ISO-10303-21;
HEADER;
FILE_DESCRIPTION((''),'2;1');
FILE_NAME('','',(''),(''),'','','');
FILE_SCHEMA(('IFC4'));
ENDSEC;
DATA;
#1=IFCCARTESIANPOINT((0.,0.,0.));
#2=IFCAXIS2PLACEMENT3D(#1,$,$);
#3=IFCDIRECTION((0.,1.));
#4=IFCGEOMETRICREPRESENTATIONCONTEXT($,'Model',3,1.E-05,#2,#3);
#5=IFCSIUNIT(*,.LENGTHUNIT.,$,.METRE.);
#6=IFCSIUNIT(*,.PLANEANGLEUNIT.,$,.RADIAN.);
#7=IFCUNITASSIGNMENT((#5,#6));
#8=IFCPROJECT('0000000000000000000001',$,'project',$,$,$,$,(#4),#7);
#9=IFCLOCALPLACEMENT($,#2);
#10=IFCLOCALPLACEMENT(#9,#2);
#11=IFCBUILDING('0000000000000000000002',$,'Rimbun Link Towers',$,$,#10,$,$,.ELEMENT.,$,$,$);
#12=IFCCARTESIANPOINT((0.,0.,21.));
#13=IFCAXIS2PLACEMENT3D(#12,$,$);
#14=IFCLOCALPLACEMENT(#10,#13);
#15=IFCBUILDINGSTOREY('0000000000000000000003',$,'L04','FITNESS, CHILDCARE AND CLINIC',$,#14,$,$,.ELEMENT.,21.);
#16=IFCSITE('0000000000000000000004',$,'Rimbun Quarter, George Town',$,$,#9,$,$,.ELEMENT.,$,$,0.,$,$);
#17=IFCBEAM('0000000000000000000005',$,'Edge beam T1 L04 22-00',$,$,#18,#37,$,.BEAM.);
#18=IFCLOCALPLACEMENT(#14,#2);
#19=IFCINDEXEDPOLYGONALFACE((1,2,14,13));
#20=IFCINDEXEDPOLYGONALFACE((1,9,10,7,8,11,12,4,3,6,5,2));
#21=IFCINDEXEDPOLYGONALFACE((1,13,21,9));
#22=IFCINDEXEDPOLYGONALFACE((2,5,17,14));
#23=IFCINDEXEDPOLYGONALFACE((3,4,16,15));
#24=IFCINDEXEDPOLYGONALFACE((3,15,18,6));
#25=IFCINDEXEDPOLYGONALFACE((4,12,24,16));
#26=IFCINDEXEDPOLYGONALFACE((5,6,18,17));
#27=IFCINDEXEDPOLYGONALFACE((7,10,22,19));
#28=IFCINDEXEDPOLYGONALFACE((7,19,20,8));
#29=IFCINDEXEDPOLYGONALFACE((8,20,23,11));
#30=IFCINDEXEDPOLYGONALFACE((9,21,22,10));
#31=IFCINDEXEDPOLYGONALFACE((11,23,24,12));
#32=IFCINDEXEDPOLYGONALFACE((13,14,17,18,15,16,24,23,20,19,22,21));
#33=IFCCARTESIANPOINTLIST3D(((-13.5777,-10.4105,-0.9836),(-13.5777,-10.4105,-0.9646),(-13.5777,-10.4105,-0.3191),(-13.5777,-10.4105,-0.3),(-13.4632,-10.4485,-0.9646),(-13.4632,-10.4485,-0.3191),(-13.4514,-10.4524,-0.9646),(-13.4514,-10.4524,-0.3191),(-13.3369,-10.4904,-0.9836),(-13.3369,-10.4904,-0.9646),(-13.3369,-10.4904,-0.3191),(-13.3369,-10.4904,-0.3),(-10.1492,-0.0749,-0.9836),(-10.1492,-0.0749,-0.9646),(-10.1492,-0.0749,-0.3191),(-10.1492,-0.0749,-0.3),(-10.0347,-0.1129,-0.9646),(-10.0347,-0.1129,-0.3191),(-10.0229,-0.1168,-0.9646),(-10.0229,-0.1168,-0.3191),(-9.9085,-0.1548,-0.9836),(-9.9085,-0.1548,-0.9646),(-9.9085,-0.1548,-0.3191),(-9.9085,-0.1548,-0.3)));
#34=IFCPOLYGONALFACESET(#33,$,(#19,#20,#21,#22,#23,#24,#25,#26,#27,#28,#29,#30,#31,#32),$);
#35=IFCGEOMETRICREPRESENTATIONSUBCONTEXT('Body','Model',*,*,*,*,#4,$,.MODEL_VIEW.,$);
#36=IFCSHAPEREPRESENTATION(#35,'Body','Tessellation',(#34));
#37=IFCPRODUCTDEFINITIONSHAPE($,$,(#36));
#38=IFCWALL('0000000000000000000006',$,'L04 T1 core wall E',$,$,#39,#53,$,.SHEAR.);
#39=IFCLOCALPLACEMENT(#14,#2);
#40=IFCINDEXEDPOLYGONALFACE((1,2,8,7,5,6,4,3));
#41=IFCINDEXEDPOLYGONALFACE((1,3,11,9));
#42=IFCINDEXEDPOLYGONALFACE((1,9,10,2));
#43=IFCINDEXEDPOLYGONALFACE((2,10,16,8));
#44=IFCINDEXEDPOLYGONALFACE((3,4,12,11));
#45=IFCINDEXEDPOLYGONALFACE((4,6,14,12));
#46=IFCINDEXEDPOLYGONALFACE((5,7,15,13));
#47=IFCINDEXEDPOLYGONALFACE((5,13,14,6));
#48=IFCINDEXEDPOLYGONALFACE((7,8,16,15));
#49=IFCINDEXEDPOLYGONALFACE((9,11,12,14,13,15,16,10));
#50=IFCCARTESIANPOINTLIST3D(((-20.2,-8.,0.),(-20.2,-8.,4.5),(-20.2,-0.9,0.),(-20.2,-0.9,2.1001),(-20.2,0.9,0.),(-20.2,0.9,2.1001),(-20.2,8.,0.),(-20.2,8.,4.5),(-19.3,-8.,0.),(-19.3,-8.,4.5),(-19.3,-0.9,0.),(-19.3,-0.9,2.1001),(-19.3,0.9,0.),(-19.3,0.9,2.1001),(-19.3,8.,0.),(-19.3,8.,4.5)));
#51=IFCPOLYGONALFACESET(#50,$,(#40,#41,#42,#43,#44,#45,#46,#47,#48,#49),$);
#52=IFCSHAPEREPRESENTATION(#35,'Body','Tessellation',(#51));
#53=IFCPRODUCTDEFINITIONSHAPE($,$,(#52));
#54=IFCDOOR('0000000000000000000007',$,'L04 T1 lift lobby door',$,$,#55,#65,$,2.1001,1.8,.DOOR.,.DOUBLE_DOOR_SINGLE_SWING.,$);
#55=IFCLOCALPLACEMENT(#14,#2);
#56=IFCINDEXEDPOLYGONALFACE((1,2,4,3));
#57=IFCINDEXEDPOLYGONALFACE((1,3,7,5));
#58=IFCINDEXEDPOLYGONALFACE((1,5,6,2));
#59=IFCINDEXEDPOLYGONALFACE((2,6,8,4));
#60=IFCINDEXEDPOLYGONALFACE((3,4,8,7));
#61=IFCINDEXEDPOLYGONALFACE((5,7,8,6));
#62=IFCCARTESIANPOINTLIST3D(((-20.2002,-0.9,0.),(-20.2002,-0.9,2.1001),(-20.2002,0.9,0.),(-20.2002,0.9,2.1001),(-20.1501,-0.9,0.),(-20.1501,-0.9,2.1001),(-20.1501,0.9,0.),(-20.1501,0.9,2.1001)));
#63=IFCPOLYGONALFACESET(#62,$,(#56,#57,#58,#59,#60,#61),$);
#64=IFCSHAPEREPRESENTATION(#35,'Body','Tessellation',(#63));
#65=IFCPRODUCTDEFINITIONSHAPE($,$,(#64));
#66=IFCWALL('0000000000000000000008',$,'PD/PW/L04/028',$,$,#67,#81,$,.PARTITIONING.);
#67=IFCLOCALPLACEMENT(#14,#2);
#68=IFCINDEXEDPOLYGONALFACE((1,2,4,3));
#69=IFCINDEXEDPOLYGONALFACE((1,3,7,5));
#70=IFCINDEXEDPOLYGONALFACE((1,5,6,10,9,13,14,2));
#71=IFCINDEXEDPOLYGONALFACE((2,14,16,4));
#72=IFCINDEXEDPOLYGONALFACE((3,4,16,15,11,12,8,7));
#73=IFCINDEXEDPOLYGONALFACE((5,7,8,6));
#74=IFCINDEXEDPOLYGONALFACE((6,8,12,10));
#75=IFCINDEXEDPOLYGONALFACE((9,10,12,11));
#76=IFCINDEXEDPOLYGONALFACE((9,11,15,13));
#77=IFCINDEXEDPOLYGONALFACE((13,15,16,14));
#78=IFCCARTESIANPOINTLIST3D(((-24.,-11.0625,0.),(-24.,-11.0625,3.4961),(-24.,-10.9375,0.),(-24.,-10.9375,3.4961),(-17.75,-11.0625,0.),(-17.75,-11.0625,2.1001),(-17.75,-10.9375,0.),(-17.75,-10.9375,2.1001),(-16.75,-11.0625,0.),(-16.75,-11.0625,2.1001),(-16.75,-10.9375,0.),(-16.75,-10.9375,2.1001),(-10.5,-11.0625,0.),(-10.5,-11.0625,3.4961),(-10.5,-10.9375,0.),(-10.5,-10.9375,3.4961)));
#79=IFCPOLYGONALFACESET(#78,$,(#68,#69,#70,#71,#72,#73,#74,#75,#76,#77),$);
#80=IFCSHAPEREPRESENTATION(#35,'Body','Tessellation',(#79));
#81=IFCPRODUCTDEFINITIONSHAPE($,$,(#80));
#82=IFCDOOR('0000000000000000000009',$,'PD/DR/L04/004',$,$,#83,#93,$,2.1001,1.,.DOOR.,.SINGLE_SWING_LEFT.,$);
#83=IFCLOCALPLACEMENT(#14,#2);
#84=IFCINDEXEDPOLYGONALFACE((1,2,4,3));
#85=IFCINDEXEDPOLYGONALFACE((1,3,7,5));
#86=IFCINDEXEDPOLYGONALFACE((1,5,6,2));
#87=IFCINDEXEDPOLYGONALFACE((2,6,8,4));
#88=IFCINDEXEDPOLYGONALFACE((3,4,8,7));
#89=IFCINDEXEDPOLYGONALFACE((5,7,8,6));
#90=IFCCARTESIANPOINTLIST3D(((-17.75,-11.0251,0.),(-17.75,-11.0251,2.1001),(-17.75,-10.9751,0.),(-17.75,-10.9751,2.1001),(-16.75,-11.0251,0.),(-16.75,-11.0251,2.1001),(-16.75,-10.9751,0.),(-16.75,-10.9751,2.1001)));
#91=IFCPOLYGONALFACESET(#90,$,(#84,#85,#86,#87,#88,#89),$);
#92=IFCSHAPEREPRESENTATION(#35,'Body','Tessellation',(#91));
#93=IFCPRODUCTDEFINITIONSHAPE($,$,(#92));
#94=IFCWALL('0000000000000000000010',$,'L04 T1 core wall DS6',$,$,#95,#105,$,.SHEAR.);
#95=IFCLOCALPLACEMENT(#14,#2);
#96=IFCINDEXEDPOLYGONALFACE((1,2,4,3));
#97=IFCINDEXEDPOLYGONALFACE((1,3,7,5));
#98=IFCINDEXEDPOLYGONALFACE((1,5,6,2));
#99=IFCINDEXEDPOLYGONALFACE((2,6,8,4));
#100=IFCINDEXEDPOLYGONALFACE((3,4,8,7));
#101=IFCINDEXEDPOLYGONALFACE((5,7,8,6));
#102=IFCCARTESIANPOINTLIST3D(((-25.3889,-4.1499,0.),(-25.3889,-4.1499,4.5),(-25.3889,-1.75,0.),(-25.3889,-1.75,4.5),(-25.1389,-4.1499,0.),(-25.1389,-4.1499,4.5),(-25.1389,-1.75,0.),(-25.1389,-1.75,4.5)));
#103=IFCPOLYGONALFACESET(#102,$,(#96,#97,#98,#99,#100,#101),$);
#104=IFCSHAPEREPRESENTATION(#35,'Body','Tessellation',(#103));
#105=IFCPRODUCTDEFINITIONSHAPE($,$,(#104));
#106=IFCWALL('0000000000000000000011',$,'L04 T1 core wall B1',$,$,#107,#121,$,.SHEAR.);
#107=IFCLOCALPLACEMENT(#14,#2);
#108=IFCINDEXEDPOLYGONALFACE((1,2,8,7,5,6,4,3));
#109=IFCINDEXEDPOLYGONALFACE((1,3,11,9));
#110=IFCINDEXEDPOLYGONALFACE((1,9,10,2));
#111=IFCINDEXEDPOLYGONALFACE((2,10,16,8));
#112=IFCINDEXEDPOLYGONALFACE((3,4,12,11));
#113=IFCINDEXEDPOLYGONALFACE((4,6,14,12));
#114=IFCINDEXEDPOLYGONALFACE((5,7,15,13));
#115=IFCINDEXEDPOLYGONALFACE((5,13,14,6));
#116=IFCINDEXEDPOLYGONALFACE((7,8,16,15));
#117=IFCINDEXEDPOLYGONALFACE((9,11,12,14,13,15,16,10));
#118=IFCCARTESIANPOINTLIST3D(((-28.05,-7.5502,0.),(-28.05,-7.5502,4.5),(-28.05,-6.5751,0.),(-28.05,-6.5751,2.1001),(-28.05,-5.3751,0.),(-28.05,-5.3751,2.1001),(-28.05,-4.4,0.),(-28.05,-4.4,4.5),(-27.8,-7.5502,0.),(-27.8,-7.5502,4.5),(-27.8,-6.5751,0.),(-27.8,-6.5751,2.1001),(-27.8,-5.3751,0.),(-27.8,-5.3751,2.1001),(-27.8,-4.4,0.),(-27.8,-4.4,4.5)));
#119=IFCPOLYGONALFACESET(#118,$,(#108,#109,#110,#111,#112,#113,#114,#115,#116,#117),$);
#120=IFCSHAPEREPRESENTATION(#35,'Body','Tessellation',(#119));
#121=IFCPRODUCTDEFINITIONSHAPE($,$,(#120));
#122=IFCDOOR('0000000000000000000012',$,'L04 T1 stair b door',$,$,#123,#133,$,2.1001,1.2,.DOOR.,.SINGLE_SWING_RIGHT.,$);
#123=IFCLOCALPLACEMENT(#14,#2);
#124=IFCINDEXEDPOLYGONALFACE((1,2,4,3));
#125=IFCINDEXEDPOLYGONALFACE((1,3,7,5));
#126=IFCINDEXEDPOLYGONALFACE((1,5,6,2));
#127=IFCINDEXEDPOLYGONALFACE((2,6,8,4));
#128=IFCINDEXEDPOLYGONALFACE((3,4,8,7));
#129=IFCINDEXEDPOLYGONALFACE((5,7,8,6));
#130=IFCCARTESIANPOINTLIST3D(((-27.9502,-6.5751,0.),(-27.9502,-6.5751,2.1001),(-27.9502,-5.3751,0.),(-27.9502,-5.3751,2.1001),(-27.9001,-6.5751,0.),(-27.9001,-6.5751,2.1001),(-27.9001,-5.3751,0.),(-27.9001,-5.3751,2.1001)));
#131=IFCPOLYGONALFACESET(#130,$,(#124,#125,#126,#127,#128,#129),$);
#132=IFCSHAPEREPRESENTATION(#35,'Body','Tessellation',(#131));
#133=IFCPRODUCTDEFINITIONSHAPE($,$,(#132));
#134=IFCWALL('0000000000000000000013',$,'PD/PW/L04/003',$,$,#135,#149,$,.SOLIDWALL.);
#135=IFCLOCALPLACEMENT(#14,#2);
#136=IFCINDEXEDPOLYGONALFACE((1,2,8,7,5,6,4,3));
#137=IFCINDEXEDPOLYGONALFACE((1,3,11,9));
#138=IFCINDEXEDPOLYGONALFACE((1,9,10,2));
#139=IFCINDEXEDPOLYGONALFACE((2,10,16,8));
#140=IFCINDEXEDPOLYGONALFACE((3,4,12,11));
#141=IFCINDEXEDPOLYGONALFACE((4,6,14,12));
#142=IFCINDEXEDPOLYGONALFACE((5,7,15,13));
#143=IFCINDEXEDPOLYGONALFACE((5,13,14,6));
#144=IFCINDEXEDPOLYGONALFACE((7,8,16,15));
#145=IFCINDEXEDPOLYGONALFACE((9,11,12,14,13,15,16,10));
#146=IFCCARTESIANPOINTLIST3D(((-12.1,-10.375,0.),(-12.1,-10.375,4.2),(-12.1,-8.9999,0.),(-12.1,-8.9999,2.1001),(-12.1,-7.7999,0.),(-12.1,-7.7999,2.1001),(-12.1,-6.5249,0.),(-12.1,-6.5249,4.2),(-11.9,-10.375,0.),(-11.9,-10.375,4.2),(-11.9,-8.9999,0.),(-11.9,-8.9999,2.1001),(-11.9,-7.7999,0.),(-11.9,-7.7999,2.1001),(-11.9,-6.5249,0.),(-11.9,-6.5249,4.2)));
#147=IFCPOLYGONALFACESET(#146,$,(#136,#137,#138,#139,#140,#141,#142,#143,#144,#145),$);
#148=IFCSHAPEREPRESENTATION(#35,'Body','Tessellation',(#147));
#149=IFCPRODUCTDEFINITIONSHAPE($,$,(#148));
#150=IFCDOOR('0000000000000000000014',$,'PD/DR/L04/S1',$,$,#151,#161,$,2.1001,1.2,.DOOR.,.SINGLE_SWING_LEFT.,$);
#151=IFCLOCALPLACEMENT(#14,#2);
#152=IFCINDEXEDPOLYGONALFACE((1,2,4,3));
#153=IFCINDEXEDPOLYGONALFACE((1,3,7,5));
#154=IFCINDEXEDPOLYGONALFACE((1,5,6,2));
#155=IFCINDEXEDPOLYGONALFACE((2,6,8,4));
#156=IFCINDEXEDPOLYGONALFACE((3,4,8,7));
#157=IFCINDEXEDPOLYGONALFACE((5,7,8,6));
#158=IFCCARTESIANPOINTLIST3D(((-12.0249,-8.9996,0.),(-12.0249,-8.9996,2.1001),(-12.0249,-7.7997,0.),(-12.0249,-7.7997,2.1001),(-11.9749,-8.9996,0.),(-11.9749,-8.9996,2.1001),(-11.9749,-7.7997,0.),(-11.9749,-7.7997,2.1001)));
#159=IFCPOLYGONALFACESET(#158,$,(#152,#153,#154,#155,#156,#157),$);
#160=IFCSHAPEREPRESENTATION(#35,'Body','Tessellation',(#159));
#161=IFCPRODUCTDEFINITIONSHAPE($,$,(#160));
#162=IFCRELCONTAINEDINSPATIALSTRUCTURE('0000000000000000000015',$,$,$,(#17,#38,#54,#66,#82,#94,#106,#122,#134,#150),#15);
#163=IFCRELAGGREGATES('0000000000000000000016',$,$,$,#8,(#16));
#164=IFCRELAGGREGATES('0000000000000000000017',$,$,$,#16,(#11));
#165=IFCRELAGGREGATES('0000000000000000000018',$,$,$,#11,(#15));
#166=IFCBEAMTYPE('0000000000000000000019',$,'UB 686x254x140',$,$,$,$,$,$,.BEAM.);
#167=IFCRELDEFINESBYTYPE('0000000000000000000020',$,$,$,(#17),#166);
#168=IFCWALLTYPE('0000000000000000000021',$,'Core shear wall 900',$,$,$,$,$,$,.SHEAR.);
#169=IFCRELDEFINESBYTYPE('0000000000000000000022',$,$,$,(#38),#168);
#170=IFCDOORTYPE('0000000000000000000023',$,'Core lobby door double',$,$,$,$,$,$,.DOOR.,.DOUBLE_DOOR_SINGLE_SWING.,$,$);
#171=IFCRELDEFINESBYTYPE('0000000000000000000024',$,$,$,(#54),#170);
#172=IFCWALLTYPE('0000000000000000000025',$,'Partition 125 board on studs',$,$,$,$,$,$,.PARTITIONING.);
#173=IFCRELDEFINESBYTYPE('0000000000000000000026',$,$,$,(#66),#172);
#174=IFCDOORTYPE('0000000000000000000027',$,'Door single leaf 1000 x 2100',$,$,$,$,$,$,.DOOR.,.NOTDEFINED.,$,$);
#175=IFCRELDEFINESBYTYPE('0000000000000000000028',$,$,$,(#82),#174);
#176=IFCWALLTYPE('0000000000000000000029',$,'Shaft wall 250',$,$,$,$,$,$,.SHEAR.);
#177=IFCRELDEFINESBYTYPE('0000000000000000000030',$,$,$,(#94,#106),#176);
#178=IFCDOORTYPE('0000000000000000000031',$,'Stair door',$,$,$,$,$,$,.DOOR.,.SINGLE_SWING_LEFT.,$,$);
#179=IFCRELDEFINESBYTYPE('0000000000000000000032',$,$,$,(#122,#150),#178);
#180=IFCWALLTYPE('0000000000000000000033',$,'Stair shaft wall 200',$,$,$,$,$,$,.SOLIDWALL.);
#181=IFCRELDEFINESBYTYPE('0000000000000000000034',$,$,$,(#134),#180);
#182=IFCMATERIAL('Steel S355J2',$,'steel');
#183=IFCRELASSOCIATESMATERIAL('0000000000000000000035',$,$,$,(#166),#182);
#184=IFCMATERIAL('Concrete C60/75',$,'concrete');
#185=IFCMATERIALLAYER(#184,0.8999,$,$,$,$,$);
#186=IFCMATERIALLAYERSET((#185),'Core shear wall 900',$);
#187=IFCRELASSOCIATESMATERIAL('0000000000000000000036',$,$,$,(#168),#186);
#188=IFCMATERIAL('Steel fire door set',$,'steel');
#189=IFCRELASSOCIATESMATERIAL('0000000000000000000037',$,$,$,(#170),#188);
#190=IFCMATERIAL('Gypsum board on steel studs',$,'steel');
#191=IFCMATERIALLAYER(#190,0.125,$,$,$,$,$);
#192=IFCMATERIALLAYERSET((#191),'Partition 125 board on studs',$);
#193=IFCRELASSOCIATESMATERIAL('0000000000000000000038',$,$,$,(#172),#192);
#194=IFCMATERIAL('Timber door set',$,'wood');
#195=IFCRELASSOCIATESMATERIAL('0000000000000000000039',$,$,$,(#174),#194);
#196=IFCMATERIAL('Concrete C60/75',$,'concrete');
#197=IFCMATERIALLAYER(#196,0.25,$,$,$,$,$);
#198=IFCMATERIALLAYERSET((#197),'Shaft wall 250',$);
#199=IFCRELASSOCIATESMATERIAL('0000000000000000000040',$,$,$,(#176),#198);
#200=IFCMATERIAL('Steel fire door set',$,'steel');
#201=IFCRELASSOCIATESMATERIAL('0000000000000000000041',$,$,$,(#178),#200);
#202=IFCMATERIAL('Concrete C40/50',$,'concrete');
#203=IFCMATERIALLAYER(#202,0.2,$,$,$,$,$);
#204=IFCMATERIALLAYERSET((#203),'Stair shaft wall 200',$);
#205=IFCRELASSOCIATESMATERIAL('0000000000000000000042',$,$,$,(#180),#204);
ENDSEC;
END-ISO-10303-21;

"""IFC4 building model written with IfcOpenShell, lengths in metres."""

from ifc_helpers import new_model, si_unit, direction, frame, frame_2d, origin, origin_2d, place, context, subcontext, project, spatial, rectangle, i_section, extrude, material, layer, layer_set, material_profile, profile_set, type_object, element, fill, save


model = new_model("IFC4")

# Units and contexts
model_context = context("Model", 3, precision=1e-05, world=origin(), true_north=direction((0.0, 1.0)))
body_context = subcontext(model_context, "Body", "Model", "MODEL_VIEW")
ifc_project = project(units=[si_unit("LENGTHUNIT", "METRE"), si_unit("PLANEANGLEUNIT", "RADIAN")], contexts=[model_context])

# Site, building, storey
site_placement = place(None, origin())
site = spatial("IfcSite", under=ifc_project, at=site_placement, Name="Rimbun Quarter, George Town", CompositionType="ELEMENT", RefElevation=0.0)
building_placement = place(site_placement, origin())
building = spatial("IfcBuilding", under=site, at=building_placement, Name="Rimbun Link Towers", CompositionType="ELEMENT")
storey_placement = place(building_placement, frame((0.0, 0.0, 21.0)))
storey = spatial("IfcBuildingStorey", under=building, at=storey_placement, Name="L04", Description="FITNESS, CHILDCARE AND CLINIC", CompositionType="ELEMENT", Elevation=21.0)

# Beam
ifc_material_1 = material(Name="Steel S355J2", Category="steel")
ifc_material_profile_1 = material_profile(ifc_material_1, i_section(OverallWidth=0.2537, OverallDepth=0.6836, WebThickness=0.0125, FlangeThickness=0.019, at=origin_2d()), Name="UB 686x254x140")
ifc_profile_set_1 = profile_set([ifc_material_profile_1], Name="Steel S355J2")
beam_type_1 = type_object("IfcBeamType", Name="UB 686x254x140", PredefinedType="BEAM", material=ifc_profile_set_1)
beam_1_placement = place(storey_placement, frame((-13.4573, -10.4504, -0.6418), z_axis=(0.314842, 0.949144, 0.0), x_axis=(-0.949144, 0.314842, 0.0)))
element("IfcBeam", 1, at=beam_1_placement, inside=storey, type_object=beam_type_1, Name="Edge beam T1 L04 22-00", PredefinedType="BEAM", context=body_context, shape_type="SweptSolid", body=[
    extrude(i_section(OverallWidth=0.2537, OverallDepth=0.6836, WebThickness=0.0125, FlangeThickness=0.019, at=origin_2d()), origin(), (0.0, 0.0, 1.0), 10.8894),
])

# Walls, openings, doors
ifc_material_2 = material(Name="Concrete C60/75", Category="concrete")
ifc_layer_1 = layer(ifc_material_2, 0.8999)
ifc_layer_set_1 = layer_set([ifc_layer_1], Name="Core shear wall 900")
wall_type_1 = type_object("IfcWallType", Name="Core shear wall 900", PredefinedType="SHEAR", material=ifc_layer_set_1)
wall_1_placement = place(storey_placement, frame((-19.75, -8.0, 0.0), z_axis=(0.0, 0.0, 1.0), x_axis=(0.0, 1.0, 0.0)))
wall_1 = element("IfcWall", 2, at=wall_1_placement, inside=storey, type_object=wall_type_1, Name="L04 T1 core wall E", PredefinedType="SHEAR", context=body_context, shape_type="SweptSolid", body=[
    extrude(rectangle(XDim=16.0, YDim=0.8999, at=frame_2d((8.0, 0.0))), origin(), (0.0, 0.0, 1.0), 4.5),
])
opening_1_placement = place(wall_1_placement, frame((7.1001, 0.0, 0.0)))
opening_1 = element("IfcOpeningElement", 3, at=opening_1_placement, cuts=wall_1, PredefinedType="OPENING", context=body_context, shape_type="SweptSolid", body=[
    extrude(rectangle(XDim=1.8, YDim=2.1001, at=frame_2d((0.8999, 1.05))), frame((0.0, 0.46, 0.0), z_axis=(0.0, -1.0, 0.0), x_axis=(1.0, 0.0, 0.0)), (0.0, 0.0, 1.0), 0.9199),
])
ifc_material_3 = material(Name="Steel fire door set", Category="steel")
door_type_1 = type_object("IfcDoorType", Name="Core lobby door double", OperationType="DOUBLE_DOOR_SINGLE_SWING", PredefinedType="DOOR", material=ifc_material_3)
door_1_placement = place(opening_1_placement, origin())
door_1 = element("IfcDoor", 4, at=door_1_placement, inside=storey, type_object=door_type_1, Name="L04 T1 lift lobby door", OperationType="DOUBLE_DOOR_SINGLE_SWING", OverallHeight=2.1001, OverallWidth=1.8, PredefinedType="DOOR", context=body_context, shape_type="SweptSolid", body=[
    extrude(rectangle(XDim=1.8, YDim=2.1001, at=frame_2d((0.8999, 1.05))), frame((0.0, 0.4502, 0.0), z_axis=(0.0, -1.0, 0.0), x_axis=(1.0, 0.0, 0.0)), (0.0, 0.0, 1.0), 0.05),
])
fill(opening_1, door_1)
ifc_material_4 = material(Name="Gypsum board on steel studs", Category="steel")
ifc_layer_2 = layer(ifc_material_4, 0.125)
ifc_layer_set_2 = layer_set([ifc_layer_2], Name="Partition 125 board on studs")
wall_type_2 = type_object("IfcWallType", Name="Partition 125 board on studs", PredefinedType="PARTITIONING", material=ifc_layer_set_2)
wall_2_placement = place(storey_placement, frame((-24.0, -11.0, 0.0), z_axis=(0.0, 0.0, 1.0), x_axis=(1.0, 0.0, 0.0)))
wall_2 = element("IfcWall", 5, at=wall_2_placement, inside=storey, type_object=wall_type_2, Name="PD/PW/L04/028", PredefinedType="PARTITIONING", context=body_context, shape_type="SweptSolid", body=[
    extrude(rectangle(XDim=13.5, YDim=0.125, at=frame_2d((6.75, 0.0))), origin(), (0.0, 0.0, 1.0), 3.4961),
])
opening_2_placement = place(wall_2_placement, frame((6.25, 0.0, 0.0)))
opening_2 = element("IfcOpeningElement", 6, at=opening_2_placement, cuts=wall_2, PredefinedType="OPENING", context=body_context, shape_type="SweptSolid", body=[
    extrude(rectangle(XDim=1.0, YDim=2.1001, at=frame_2d((0.5, 1.05))), frame((0.0, 0.0725, 0.0), z_axis=(0.0, -1.0, 0.0), x_axis=(1.0, 0.0, 0.0)), (0.0, 0.0, 1.0), 0.145),
])
ifc_material_5 = material(Name="Timber door set", Category="wood")
door_type_2 = type_object("IfcDoorType", Name="Door single leaf 1000 x 2100", OperationType="NOTDEFINED", PredefinedType="DOOR", material=ifc_material_5)
door_2_placement = place(opening_2_placement, origin())
door_2 = element("IfcDoor", 7, at=door_2_placement, inside=storey, type_object=door_type_2, Name="PD/DR/L04/004", OperationType="SINGLE_SWING_LEFT", OverallHeight=2.1001, OverallWidth=1.0, PredefinedType="DOOR", context=body_context, shape_type="SweptSolid", body=[
    extrude(rectangle(XDim=1.0, YDim=2.1001, at=frame_2d((0.5, 1.05))), frame((0.0, 0.0249, 0.0), z_axis=(0.0, -1.0, 0.0), x_axis=(1.0, 0.0, 0.0)), (0.0, 0.0, 1.0), 0.05),
])
fill(opening_2, door_2)

# Wall
ifc_material_6 = material(Name="Concrete C60/75", Category="concrete")
ifc_layer_3 = layer(ifc_material_6, 0.25)
ifc_layer_set_3 = layer_set([ifc_layer_3], Name="Shaft wall 250")
wall_type_3 = type_object("IfcWallType", Name="Shaft wall 250", PredefinedType="SHEAR", material=ifc_layer_set_3)
wall_3_placement = place(storey_placement, frame((-25.2639, -4.1499, 0.0), z_axis=(0.0, 0.0, 1.0), x_axis=(0.0, 1.0, 0.0)))
element("IfcWall", 8, at=wall_3_placement, inside=storey, type_object=wall_type_3, Name="L04 T1 core wall DS6", PredefinedType="SHEAR", context=body_context, shape_type="SweptSolid", body=[
    extrude(rectangle(XDim=2.3999, YDim=0.25, at=frame_2d((1.2, 0.0))), origin(), (0.0, 0.0, 1.0), 4.5),
])

# Walls, openings, doors
wall_4_placement = place(storey_placement, frame((-27.925, -4.3999, 0.0), z_axis=(0.0, 0.0, 1.0), x_axis=(0.0, -1.0, 0.0)))
wall_4 = element("IfcWall", 9, at=wall_4_placement, inside=storey, type_object=wall_type_3, Name="L04 T1 core wall B1", PredefinedType="SHEAR", context=body_context, shape_type="SweptSolid", body=[
    extrude(rectangle(XDim=3.1501, YDim=0.25, at=frame_2d((1.5752, 0.0))), origin(), (0.0, 0.0, 1.0), 4.5),
])
opening_3_placement = place(wall_4_placement, frame((0.9751, 0.0, 0.0)))
opening_3 = element("IfcOpeningElement", 10, at=opening_3_placement, cuts=wall_4, PredefinedType="OPENING", context=body_context, shape_type="SweptSolid", body=[
    extrude(rectangle(XDim=1.2, YDim=2.1001, at=frame_2d((0.6001, 1.05))), frame((0.0, 0.135, 0.0), z_axis=(0.0, -1.0, 0.0), x_axis=(1.0, 0.0, 0.0)), (0.0, 0.0, 1.0), 0.27),
])
ifc_material_7 = material(Name="Steel fire door set", Category="steel")
door_type_3 = type_object("IfcDoorType", Name="Stair door", OperationType="SINGLE_SWING_LEFT", PredefinedType="DOOR", material=ifc_material_7)
door_3_placement = place(opening_3_placement, origin())
door_3 = element("IfcDoor", 11, at=door_3_placement, inside=storey, type_object=door_type_3, Name="L04 T1 stair b door", OperationType="SINGLE_SWING_RIGHT", OverallHeight=2.1001, OverallWidth=1.2, PredefinedType="DOOR", context=body_context, shape_type="SweptSolid", body=[
    extrude(rectangle(XDim=1.2, YDim=2.1001, at=frame_2d((0.6001, 1.05))), frame((0.0, 0.0249, 0.0), z_axis=(0.0, -1.0, 0.0), x_axis=(1.0, 0.0, 0.0)), (0.0, 0.0, 1.0), 0.05),
])
fill(opening_3, door_3)
ifc_material_8 = material(Name="Concrete C40/50", Category="concrete")
ifc_layer_4 = layer(ifc_material_8, 0.2)
ifc_layer_set_4 = layer_set([ifc_layer_4], Name="Stair shaft wall 200")
wall_type_4 = type_object("IfcWallType", Name="Stair shaft wall 200", PredefinedType="SOLIDWALL", material=ifc_layer_set_4)
wall_5_placement = place(storey_placement, frame((-12.0, -6.5249, 0.0), z_axis=(0.0, 0.0, 1.0), x_axis=(0.0, -1.0, 0.0)))
wall_5 = element("IfcWall", 12, at=wall_5_placement, inside=storey, type_object=wall_type_4, Name="PD/PW/L04/003", PredefinedType="SOLIDWALL", context=body_context, shape_type="SweptSolid", body=[
    extrude(rectangle(XDim=3.8501, YDim=0.2, at=frame_2d((1.925, 0.0))), origin(), (0.0, 0.0, 1.0), 4.2),
])
opening_4_placement = place(wall_5_placement, frame((1.2749, 0.0, 0.0)))
opening_4 = element("IfcOpeningElement", 13, at=opening_4_placement, cuts=wall_5, PredefinedType="OPENING", context=body_context, shape_type="SweptSolid", body=[
    extrude(rectangle(XDim=1.2, YDim=2.1001, at=frame_2d((0.6001, 1.05))), frame((0.0, 0.1099, 0.0), z_axis=(0.0, -1.0, 0.0), x_axis=(1.0, 0.0, 0.0)), (0.0, 0.0, 1.0), 0.22),
])
door_4_placement = place(opening_4_placement, frame((1.2, 0.0, 0.0), z_axis=(0.0, 0.0, 1.0), x_axis=(-1.0, 0.0, 0.0)))
door_4 = element("IfcDoor", 14, at=door_4_placement, inside=storey, type_object=door_type_3, Name="PD/DR/L04/S1", OperationType="SINGLE_SWING_LEFT", OverallHeight=2.1001, OverallWidth=1.2, PredefinedType="DOOR", context=body_context, shape_type="SweptSolid", body=[
    extrude(rectangle(XDim=1.2, YDim=2.1001, at=frame_2d((0.6001, 1.05))), frame((0.0, 0.0249, 0.0), z_axis=(0.0, -1.0, 0.0), x_axis=(1.0, 0.0, 0.0)), (0.0, 0.0, 1.0), 0.05),
])
fill(opening_4, door_4)

save(model, "model.ifc")
